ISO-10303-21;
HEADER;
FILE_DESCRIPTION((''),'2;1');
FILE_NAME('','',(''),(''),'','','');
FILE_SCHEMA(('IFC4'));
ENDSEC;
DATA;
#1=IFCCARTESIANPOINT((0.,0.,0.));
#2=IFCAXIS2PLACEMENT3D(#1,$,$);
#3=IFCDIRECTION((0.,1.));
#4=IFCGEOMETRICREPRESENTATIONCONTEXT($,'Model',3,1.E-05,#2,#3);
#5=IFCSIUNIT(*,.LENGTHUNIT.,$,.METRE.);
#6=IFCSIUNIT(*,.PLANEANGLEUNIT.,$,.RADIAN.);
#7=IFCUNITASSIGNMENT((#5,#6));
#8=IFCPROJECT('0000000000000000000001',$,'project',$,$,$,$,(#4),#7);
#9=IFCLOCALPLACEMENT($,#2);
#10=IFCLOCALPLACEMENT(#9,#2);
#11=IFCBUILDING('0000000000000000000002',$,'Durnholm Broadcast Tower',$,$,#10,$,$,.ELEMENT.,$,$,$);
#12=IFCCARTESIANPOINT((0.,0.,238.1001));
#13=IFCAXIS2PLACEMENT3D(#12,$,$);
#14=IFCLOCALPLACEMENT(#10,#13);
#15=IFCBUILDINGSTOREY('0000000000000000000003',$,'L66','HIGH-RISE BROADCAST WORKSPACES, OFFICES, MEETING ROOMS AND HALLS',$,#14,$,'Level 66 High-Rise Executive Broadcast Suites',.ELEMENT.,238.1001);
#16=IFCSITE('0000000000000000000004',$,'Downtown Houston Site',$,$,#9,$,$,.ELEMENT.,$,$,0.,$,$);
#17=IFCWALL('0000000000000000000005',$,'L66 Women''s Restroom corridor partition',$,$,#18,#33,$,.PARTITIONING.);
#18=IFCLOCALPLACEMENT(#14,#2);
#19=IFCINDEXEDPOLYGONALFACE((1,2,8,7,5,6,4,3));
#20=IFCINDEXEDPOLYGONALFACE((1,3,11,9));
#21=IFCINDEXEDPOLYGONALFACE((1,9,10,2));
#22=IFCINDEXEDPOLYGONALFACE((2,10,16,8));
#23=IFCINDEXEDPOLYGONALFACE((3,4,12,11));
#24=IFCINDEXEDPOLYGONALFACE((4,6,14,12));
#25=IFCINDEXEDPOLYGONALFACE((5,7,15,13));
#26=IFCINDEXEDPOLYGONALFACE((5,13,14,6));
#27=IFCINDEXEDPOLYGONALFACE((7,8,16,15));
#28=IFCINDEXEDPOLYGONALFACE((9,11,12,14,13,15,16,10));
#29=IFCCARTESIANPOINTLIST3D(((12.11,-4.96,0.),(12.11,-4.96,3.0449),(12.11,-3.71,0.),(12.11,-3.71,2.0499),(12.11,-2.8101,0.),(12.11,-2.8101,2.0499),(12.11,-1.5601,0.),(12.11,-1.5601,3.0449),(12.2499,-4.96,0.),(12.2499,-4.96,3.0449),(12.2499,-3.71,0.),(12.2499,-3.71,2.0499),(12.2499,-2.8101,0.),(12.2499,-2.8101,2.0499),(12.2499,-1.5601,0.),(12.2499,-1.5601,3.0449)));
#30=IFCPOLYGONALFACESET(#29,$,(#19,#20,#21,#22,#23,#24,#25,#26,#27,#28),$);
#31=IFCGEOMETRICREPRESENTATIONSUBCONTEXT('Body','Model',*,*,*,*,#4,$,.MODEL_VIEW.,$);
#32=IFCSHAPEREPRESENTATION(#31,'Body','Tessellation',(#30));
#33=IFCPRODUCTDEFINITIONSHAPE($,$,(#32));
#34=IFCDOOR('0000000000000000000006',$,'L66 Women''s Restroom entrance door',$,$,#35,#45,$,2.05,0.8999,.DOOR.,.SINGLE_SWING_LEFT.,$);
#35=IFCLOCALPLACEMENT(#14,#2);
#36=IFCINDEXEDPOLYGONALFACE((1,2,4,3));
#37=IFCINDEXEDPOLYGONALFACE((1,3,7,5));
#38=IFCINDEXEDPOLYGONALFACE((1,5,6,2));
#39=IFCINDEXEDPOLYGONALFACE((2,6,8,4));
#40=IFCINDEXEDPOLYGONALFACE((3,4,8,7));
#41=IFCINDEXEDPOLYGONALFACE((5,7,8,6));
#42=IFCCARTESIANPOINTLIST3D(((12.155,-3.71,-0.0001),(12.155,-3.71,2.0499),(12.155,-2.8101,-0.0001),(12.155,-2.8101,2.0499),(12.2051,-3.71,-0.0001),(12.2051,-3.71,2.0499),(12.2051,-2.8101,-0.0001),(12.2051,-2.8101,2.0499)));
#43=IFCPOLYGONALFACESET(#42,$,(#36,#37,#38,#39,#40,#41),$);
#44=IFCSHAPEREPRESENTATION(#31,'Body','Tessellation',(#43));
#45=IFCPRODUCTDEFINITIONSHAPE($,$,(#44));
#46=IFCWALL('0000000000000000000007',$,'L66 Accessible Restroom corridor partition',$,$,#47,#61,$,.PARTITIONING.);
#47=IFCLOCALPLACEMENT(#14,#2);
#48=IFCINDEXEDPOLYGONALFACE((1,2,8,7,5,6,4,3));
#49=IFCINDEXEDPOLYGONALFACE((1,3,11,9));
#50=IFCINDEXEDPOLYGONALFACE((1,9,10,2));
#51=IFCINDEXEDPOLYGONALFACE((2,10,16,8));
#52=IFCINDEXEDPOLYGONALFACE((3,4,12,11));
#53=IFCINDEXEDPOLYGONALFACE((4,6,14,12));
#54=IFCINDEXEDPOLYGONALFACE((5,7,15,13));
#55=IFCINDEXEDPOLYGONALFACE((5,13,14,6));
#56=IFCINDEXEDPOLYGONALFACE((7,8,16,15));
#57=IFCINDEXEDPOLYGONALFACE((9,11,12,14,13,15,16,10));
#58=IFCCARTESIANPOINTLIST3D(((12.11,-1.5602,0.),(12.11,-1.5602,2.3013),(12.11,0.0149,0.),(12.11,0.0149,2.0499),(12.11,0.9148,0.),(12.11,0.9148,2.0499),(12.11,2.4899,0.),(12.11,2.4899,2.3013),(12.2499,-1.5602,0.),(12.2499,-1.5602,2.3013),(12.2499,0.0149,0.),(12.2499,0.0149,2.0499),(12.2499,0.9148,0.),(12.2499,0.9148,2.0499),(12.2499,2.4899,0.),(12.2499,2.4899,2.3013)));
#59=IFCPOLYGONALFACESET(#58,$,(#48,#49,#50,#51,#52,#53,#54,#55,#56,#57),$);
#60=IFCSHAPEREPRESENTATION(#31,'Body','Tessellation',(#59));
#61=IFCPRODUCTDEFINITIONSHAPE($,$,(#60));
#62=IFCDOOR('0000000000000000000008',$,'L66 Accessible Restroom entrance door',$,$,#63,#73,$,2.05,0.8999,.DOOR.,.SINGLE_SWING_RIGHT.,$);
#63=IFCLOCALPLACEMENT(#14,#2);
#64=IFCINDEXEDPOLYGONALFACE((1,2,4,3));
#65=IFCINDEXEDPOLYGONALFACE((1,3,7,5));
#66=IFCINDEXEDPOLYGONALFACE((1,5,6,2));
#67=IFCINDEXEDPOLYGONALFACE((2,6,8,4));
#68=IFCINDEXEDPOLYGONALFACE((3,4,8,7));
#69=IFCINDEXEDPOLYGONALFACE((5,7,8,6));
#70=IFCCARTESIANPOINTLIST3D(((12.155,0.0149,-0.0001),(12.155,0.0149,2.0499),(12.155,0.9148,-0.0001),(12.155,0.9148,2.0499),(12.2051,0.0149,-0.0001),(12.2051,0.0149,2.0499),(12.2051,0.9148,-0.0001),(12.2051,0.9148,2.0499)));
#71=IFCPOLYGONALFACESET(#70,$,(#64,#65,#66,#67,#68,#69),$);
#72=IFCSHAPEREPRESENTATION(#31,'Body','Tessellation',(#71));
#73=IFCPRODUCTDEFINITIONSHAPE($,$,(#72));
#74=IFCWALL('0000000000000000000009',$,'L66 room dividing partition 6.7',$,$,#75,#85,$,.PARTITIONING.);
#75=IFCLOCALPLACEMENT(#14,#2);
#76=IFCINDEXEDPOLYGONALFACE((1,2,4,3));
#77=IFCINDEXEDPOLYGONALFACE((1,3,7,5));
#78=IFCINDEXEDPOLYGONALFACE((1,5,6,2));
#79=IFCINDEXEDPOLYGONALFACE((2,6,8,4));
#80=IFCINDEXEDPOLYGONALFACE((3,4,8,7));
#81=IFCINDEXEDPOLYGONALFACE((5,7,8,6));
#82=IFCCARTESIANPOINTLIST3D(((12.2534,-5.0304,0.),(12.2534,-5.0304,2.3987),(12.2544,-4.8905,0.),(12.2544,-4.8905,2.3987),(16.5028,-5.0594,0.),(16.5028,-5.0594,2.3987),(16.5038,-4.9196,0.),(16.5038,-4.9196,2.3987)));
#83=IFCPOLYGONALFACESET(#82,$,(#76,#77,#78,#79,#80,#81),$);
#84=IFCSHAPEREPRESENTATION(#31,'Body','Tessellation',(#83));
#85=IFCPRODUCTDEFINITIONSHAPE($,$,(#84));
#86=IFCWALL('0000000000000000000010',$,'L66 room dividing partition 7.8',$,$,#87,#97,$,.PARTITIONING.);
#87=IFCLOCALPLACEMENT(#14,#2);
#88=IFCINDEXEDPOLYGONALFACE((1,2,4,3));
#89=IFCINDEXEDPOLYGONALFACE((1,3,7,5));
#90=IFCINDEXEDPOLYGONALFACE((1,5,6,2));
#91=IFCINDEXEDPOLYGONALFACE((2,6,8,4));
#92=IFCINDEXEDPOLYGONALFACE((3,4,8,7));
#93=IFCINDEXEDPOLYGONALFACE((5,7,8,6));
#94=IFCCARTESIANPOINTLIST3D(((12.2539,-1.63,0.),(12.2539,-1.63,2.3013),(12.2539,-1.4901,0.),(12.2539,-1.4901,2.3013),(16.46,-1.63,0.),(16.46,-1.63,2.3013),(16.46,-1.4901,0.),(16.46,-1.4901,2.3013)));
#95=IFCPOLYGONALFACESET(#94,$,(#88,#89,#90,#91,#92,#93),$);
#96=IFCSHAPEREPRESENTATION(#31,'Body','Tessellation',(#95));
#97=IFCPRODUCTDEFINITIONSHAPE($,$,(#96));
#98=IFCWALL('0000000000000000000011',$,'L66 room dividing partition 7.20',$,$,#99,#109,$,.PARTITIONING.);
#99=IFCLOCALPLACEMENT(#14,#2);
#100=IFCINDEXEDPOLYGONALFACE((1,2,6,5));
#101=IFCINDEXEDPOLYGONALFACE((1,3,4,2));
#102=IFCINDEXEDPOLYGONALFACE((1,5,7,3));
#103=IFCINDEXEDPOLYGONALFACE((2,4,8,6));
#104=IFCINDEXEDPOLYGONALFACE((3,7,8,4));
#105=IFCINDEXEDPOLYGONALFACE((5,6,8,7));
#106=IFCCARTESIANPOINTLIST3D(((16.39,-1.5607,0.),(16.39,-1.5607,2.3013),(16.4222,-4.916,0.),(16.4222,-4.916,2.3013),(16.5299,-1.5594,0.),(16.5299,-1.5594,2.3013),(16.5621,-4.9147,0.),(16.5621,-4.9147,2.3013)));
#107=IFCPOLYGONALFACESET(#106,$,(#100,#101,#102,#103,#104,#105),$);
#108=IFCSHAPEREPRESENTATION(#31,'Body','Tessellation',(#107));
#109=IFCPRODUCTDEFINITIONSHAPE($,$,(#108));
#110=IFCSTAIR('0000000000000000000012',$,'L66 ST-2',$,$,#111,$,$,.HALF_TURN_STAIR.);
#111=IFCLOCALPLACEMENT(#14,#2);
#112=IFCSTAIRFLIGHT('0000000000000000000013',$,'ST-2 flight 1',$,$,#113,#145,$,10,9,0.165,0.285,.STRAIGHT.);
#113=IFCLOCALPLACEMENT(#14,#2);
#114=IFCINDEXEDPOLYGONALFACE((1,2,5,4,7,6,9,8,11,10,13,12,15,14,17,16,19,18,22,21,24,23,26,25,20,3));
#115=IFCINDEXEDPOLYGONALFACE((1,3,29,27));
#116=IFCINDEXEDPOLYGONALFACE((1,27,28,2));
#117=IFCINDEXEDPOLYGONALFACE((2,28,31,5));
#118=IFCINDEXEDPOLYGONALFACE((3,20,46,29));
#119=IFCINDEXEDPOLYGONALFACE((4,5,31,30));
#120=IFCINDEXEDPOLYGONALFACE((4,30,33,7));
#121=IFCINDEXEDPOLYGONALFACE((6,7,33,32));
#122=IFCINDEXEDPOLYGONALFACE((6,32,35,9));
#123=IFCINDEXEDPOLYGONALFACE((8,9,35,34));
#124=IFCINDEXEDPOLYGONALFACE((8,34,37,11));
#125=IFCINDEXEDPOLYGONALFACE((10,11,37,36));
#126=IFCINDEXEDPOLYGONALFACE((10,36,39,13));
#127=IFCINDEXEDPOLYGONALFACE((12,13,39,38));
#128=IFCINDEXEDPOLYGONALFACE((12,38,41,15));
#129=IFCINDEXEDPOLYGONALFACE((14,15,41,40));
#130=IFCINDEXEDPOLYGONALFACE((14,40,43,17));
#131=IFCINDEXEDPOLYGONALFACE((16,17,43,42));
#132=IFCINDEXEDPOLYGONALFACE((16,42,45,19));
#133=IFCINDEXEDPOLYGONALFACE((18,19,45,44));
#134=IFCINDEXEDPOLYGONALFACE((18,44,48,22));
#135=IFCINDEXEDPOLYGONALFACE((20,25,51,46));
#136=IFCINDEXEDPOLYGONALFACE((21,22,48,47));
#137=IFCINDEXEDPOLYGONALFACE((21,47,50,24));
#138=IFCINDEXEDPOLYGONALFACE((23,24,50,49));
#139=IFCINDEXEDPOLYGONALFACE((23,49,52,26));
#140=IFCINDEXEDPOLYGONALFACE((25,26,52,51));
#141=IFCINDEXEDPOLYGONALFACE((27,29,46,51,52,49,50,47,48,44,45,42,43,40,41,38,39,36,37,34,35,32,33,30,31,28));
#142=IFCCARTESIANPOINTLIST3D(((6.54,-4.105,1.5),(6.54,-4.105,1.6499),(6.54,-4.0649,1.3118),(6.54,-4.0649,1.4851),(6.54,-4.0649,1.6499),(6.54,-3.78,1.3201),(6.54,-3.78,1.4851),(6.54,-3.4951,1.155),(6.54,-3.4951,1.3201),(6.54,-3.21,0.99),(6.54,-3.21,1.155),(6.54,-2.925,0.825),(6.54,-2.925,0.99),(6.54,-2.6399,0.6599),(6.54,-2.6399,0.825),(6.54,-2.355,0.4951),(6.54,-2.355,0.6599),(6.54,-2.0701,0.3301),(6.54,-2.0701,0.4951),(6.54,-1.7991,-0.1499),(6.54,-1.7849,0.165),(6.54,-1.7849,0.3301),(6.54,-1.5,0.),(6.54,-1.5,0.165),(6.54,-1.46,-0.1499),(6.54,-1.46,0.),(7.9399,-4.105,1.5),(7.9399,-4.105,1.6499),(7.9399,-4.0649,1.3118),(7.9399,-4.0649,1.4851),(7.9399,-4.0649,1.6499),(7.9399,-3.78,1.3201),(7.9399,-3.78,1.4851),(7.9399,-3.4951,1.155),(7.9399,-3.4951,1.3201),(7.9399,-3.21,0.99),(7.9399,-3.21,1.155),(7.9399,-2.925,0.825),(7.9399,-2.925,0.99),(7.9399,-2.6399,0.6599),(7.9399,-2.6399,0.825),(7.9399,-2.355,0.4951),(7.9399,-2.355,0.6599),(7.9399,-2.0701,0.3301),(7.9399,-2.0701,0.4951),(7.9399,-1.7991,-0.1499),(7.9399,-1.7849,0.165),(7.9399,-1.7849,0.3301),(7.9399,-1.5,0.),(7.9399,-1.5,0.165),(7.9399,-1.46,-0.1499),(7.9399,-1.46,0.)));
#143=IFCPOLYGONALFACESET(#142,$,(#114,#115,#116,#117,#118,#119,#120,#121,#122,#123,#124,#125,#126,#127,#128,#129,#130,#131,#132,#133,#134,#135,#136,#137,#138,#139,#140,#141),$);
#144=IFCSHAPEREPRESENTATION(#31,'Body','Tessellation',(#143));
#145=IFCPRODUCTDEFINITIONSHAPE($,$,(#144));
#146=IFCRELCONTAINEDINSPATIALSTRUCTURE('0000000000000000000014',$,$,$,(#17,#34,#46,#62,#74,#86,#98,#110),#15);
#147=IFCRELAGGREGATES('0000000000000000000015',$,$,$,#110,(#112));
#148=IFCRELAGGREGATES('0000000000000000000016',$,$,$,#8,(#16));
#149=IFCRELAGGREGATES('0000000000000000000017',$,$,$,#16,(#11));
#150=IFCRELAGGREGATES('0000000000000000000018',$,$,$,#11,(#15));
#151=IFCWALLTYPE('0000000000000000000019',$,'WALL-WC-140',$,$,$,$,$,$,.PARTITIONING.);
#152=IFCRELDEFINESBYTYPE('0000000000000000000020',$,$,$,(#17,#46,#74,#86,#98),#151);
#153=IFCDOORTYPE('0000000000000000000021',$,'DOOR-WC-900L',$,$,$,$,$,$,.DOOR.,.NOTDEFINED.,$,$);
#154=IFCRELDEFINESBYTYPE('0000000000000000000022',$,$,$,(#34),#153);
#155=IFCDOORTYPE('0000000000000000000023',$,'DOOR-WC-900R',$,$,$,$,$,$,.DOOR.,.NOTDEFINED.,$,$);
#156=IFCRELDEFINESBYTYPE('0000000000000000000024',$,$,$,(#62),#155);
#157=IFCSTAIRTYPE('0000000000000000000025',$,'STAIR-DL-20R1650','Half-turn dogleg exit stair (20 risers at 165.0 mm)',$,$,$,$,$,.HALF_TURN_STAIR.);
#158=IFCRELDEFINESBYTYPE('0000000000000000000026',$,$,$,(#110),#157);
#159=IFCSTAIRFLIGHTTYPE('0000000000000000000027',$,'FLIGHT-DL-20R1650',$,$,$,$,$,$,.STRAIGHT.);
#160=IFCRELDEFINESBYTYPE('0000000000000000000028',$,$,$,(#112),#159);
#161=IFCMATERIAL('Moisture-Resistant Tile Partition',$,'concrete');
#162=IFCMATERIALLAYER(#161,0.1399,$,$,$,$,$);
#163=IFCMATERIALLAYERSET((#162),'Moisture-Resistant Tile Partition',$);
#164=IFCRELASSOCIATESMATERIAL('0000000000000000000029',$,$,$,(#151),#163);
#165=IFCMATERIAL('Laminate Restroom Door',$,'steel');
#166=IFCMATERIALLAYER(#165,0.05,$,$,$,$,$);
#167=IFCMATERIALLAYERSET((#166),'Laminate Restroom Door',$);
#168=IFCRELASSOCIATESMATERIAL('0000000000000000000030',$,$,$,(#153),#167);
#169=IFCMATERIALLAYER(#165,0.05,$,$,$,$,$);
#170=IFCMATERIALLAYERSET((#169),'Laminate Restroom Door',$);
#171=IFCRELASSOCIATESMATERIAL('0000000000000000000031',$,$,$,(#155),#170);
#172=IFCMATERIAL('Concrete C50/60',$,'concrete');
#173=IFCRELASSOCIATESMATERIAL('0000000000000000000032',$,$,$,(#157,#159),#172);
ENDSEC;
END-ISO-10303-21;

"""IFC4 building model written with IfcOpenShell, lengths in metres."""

from ifc_helpers import new_model, si_unit, direction, frame, frame_2d, origin, place, context, subcontext, project, spatial, polyline, rectangle, outline, extrude, source, transform, mapped, material, layer, layer_set, type_object, type_shapes, element, fill, aggregate, save


model = new_model("IFC4")

# Units and contexts
model_context = context("Model", 3, precision=1e-05, world=origin(), true_north=direction((0.0, 1.0)))
body_context = subcontext(model_context, "Body", "Model", "MODEL_VIEW")
ifc_project = project(units=[si_unit("LENGTHUNIT", "METRE"), si_unit("PLANEANGLEUNIT", "RADIAN")], contexts=[model_context])

# Site, building, storey
site_placement = place(None, origin())
site = spatial("IfcSite", under=ifc_project, at=site_placement, Name="Downtown Houston Site", CompositionType="ELEMENT", RefElevation=0.0)
building_placement = place(site_placement, origin())
building = spatial("IfcBuilding", under=site, at=building_placement, Name="Durnholm Broadcast Tower", CompositionType="ELEMENT")
storey_placement = place(building_placement, frame((0.0, 0.0, 238.1001)))
storey = spatial("IfcBuildingStorey", under=building, at=storey_placement, Name="L66", Description="HIGH-RISE BROADCAST WORKSPACES, OFFICES, MEETING ROOMS AND HALLS", LongName="Level 66 High-Rise Executive Broadcast Suites", CompositionType="ELEMENT", Elevation=238.1001)

# Shared definitions
ifc_material_1 = material(Name="Concrete C50/60", Category="concrete")

# Walls, openings, doors
ifc_material_2 = material(Name="Moisture-Resistant Tile Partition", Category="concrete")
ifc_layer_1 = layer(ifc_material_2, 0.1399)
ifc_layer_set_1 = layer_set([ifc_layer_1], Name="Moisture-Resistant Tile Partition")
wall_type_1 = type_object("IfcWallType", Name="WALL-WC-140", PredefinedType="PARTITIONING", material=ifc_layer_set_1)
wall_1_placement = place(storey_placement, frame((12.1799, -4.96, 0.0), z_axis=(0.0, 0.0, 1.0), x_axis=(0.0, 1.0, 0.0)))
wall_1 = element("IfcWall", 1, at=wall_1_placement, inside=storey, type_object=wall_type_1, Name="L66 Women's Restroom corridor partition", PredefinedType="PARTITIONING", context=body_context, shape_type="SweptSolid", body=[
    extrude(rectangle(XDim=3.3999, YDim=0.1399, at=frame_2d((1.7, 0.0))), origin(), (0.0, 0.0, 1.0), 3.0449),
])
opening_1_placement = place(wall_1_placement, frame((1.25, 0.0, 0.0)))
opening_1 = element("IfcOpeningElement", 2, at=opening_1_placement, cuts=wall_1, PredefinedType="OPENING", context=body_context, shape_type="SweptSolid", body=[
    extrude(rectangle(XDim=0.8999, YDim=2.05, at=frame_2d((0.45, 1.0249))), frame((0.0, 0.0801, 0.0), z_axis=(0.0, -1.0, 0.0), x_axis=(1.0, 0.0, 0.0)), (0.0, 0.0, 1.0), 0.1599),
])
ifc_material_3 = material(Name="Laminate Restroom Door", Category="steel")
ifc_layer_2 = layer(ifc_material_3, 0.05)
ifc_layer_set_2 = layer_set([ifc_layer_2], Name="Laminate Restroom Door")
door_type_1 = type_object("IfcDoorType", Name="DOOR-WC-900L", OperationType="NOTDEFINED", PredefinedType="DOOR", material=ifc_layer_set_2)
shared_shape_1 = source(origin(), body_context, "Body", "SweptSolid", [
    extrude(rectangle(XDim=0.8999, YDim=2.05, at=frame_2d((0.45, 1.0249))), frame((0.0, 0.0249, 0.0), z_axis=(0.0, -1.0, 0.0), x_axis=(1.0, 0.0, 0.0)), (0.0, 0.0, 1.0), 0.05),
])
type_shapes(door_type_1, [shared_shape_1])
door_1_placement = place(opening_1_placement, origin())
door_1 = element("IfcDoor", 3, at=door_1_placement, inside=storey, type_object=door_type_1, Name="L66 Women's Restroom entrance door", OperationType="SINGLE_SWING_LEFT", OverallHeight=2.05, OverallWidth=0.8999, PredefinedType="DOOR", context=body_context, shape_type="MappedRepresentation", body=[
    mapped(shared_shape_1, transform((0.0, 0.0, 0.0), x_axis=(1.0, 0.0, 0.0), y_axis=(0.0, 1.0, 0.0), z_axis=(0.0, 0.0, 1.0), scale=1.0)),
])
fill(opening_1, door_1)
wall_2_placement = place(storey_placement, frame((12.1799, -1.5601, 0.0), z_axis=(0.0, 0.0, 1.0), x_axis=(0.0, 1.0, 0.0)))
wall_2 = element("IfcWall", 4, at=wall_2_placement, inside=storey, type_object=wall_type_1, Name="L66 Accessible Restroom corridor partition", PredefinedType="PARTITIONING", context=body_context, shape_type="SweptSolid", body=[
    extrude(rectangle(XDim=4.05, YDim=0.1399, at=frame_2d((2.0249, 0.0))), origin(), (0.0, 0.0, 1.0), 2.3013),
])
opening_2_placement = place(wall_2_placement, frame((1.575, 0.0, 0.0)))
opening_2 = element("IfcOpeningElement", 5, at=opening_2_placement, cuts=wall_2, PredefinedType="OPENING", context=body_context, shape_type="SweptSolid", body=[
    extrude(rectangle(XDim=0.8999, YDim=2.05, at=frame_2d((0.45, 1.0249))), frame((0.0, 0.0801, 0.0), z_axis=(0.0, -1.0, 0.0), x_axis=(1.0, 0.0, 0.0)), (0.0, 0.0, 1.0), 0.1599),
])
ifc_layer_3 = layer(ifc_material_3, 0.05)
ifc_layer_set_3 = layer_set([ifc_layer_3], Name="Laminate Restroom Door")
door_type_2 = type_object("IfcDoorType", Name="DOOR-WC-900R", OperationType="NOTDEFINED", PredefinedType="DOOR", material=ifc_layer_set_3)
shared_shape_2 = source(origin(), body_context, "Body", "SweptSolid", [
    extrude(rectangle(XDim=0.8999, YDim=2.05, at=frame_2d((0.45, 1.0249))), frame((0.0, 0.0249, 0.0), z_axis=(0.0, -1.0, 0.0), x_axis=(1.0, 0.0, 0.0)), (0.0, 0.0, 1.0), 0.05),
])
type_shapes(door_type_2, [shared_shape_2])
door_2_placement = place(opening_2_placement, origin())
door_2 = element("IfcDoor", 6, at=door_2_placement, inside=storey, type_object=door_type_2, Name="L66 Accessible Restroom entrance door", OperationType="SINGLE_SWING_RIGHT", OverallHeight=2.05, OverallWidth=0.8999, PredefinedType="DOOR", context=body_context, shape_type="MappedRepresentation", body=[
    mapped(shared_shape_2, transform((0.0, 0.0, 0.0), x_axis=(1.0, 0.0, 0.0), y_axis=(0.0, 1.0, 0.0), z_axis=(0.0, 0.0, 1.0), scale=1.0)),
])
fill(opening_2, door_2)

# Walls
wall_3_placement = place(storey_placement, frame((12.2539, -4.9604, 0.0), z_axis=(0.0, 0.0, 1.0), x_axis=(0.999977, -0.006837, 0.0)))
element("IfcWall", 7, at=wall_3_placement, inside=storey, type_object=wall_type_1, Name="L66 room dividing partition 6.7", PredefinedType="PARTITIONING", context=body_context, shape_type="SweptSolid", body=[
    extrude(rectangle(XDim=4.2495, YDim=0.1399, at=frame_2d((2.1248, 0.0))), origin(), (0.0, 0.0, 1.0), 2.3987),
])
wall_4_placement = place(storey_placement, frame((12.2539, -1.5601, 0.0), z_axis=(0.0, 0.0, 1.0), x_axis=(1.0, 0.0, 0.0)))
element("IfcWall", 8, at=wall_4_placement, inside=storey, type_object=wall_type_1, Name="L66 room dividing partition 7.8", PredefinedType="PARTITIONING", context=body_context, shape_type="SweptSolid", body=[
    extrude(rectangle(XDim=4.2061, YDim=0.1399, at=frame_2d((2.103, 0.0))), origin(), (0.0, 0.0, 1.0), 2.3013),
])
wall_5_placement = place(storey_placement, frame((16.46, -1.5601, 0.0), z_axis=(0.0, 0.0, 1.0), x_axis=(0.009604, -0.999954, 0.0)))
element("IfcWall", 9, at=wall_5_placement, inside=storey, type_object=wall_type_1, Name="L66 room dividing partition 7.20", PredefinedType="PARTITIONING", context=body_context, shape_type="SweptSolid", body=[
    extrude(rectangle(XDim=3.3555, YDim=0.1399, at=frame_2d((1.6777, 0.0))), origin(), (0.0, 0.0, 1.0), 2.3013),
])

# Stair, stair flight
stair_type = type_object("IfcStairType", Name="STAIR-DL-20R1650", Description="Half-turn dogleg exit stair (20 risers at 165.0 mm)", PredefinedType="HALF_TURN_STAIR", material=ifc_material_1)
stair_placement = place(storey_placement, origin())
stair = element("IfcStair", 10, at=stair_placement, inside=storey, type_object=stair_type, Name="L66 ST-2", PredefinedType="HALF_TURN_STAIR")
stair_flight_type = type_object("IfcStairFlightType", Name="FLIGHT-DL-20R1650", PredefinedType="STRAIGHT", material=ifc_material_1)
stair_flight_1_placement = place(storey_placement, frame((7.24, -1.5, 0.0), z_axis=(0.0, 0.0, 1.0), x_axis=(0.0, -1.0, 0.0)))
stair_flight_1 = element("IfcStairFlight", 11, at=stair_flight_1_placement, type_object=stair_flight_type, Name="ST-2 flight 1", NumberOfRisers=10, NumberOfTreads=9, PredefinedType="STRAIGHT", RiserHeight=0.165, TreadLength=0.285, context=body_context, shape_type="SweptSolid", body=[
    extrude(outline(polyline([(-0.04, -0.1499), (-0.04, 0.0), (0.0, 0.0), (0.0, 0.165), (0.2849, 0.165), (0.2849, 0.3301), (0.5701, 0.3301), (0.5701, 0.4951), (0.855, 0.4951), (0.855, 0.6599), (1.1399, 0.6599), (1.1399, 0.825), (1.425, 0.825), (1.425, 0.99), (1.71, 0.99), (1.71, 1.155), (1.9951, 1.155), (1.9951, 1.3201), (2.28, 1.3201), (2.28, 1.4851), (2.5649, 1.4851), (2.5649, 1.6499), (2.605, 1.6499), (2.605, 1.5), (2.5649, 1.3118), (0.2991, -0.1499), (-0.04, -0.1499)])), frame((0.0, 0.7, 0.0), z_axis=(0.0, -1.0, 0.0), x_axis=(1.0, 0.0, 0.0)), (0.0, 0.0, 1.0), 1.3999),
])
aggregate(stair, [stair_flight_1])

save(model, "model.ifc")
